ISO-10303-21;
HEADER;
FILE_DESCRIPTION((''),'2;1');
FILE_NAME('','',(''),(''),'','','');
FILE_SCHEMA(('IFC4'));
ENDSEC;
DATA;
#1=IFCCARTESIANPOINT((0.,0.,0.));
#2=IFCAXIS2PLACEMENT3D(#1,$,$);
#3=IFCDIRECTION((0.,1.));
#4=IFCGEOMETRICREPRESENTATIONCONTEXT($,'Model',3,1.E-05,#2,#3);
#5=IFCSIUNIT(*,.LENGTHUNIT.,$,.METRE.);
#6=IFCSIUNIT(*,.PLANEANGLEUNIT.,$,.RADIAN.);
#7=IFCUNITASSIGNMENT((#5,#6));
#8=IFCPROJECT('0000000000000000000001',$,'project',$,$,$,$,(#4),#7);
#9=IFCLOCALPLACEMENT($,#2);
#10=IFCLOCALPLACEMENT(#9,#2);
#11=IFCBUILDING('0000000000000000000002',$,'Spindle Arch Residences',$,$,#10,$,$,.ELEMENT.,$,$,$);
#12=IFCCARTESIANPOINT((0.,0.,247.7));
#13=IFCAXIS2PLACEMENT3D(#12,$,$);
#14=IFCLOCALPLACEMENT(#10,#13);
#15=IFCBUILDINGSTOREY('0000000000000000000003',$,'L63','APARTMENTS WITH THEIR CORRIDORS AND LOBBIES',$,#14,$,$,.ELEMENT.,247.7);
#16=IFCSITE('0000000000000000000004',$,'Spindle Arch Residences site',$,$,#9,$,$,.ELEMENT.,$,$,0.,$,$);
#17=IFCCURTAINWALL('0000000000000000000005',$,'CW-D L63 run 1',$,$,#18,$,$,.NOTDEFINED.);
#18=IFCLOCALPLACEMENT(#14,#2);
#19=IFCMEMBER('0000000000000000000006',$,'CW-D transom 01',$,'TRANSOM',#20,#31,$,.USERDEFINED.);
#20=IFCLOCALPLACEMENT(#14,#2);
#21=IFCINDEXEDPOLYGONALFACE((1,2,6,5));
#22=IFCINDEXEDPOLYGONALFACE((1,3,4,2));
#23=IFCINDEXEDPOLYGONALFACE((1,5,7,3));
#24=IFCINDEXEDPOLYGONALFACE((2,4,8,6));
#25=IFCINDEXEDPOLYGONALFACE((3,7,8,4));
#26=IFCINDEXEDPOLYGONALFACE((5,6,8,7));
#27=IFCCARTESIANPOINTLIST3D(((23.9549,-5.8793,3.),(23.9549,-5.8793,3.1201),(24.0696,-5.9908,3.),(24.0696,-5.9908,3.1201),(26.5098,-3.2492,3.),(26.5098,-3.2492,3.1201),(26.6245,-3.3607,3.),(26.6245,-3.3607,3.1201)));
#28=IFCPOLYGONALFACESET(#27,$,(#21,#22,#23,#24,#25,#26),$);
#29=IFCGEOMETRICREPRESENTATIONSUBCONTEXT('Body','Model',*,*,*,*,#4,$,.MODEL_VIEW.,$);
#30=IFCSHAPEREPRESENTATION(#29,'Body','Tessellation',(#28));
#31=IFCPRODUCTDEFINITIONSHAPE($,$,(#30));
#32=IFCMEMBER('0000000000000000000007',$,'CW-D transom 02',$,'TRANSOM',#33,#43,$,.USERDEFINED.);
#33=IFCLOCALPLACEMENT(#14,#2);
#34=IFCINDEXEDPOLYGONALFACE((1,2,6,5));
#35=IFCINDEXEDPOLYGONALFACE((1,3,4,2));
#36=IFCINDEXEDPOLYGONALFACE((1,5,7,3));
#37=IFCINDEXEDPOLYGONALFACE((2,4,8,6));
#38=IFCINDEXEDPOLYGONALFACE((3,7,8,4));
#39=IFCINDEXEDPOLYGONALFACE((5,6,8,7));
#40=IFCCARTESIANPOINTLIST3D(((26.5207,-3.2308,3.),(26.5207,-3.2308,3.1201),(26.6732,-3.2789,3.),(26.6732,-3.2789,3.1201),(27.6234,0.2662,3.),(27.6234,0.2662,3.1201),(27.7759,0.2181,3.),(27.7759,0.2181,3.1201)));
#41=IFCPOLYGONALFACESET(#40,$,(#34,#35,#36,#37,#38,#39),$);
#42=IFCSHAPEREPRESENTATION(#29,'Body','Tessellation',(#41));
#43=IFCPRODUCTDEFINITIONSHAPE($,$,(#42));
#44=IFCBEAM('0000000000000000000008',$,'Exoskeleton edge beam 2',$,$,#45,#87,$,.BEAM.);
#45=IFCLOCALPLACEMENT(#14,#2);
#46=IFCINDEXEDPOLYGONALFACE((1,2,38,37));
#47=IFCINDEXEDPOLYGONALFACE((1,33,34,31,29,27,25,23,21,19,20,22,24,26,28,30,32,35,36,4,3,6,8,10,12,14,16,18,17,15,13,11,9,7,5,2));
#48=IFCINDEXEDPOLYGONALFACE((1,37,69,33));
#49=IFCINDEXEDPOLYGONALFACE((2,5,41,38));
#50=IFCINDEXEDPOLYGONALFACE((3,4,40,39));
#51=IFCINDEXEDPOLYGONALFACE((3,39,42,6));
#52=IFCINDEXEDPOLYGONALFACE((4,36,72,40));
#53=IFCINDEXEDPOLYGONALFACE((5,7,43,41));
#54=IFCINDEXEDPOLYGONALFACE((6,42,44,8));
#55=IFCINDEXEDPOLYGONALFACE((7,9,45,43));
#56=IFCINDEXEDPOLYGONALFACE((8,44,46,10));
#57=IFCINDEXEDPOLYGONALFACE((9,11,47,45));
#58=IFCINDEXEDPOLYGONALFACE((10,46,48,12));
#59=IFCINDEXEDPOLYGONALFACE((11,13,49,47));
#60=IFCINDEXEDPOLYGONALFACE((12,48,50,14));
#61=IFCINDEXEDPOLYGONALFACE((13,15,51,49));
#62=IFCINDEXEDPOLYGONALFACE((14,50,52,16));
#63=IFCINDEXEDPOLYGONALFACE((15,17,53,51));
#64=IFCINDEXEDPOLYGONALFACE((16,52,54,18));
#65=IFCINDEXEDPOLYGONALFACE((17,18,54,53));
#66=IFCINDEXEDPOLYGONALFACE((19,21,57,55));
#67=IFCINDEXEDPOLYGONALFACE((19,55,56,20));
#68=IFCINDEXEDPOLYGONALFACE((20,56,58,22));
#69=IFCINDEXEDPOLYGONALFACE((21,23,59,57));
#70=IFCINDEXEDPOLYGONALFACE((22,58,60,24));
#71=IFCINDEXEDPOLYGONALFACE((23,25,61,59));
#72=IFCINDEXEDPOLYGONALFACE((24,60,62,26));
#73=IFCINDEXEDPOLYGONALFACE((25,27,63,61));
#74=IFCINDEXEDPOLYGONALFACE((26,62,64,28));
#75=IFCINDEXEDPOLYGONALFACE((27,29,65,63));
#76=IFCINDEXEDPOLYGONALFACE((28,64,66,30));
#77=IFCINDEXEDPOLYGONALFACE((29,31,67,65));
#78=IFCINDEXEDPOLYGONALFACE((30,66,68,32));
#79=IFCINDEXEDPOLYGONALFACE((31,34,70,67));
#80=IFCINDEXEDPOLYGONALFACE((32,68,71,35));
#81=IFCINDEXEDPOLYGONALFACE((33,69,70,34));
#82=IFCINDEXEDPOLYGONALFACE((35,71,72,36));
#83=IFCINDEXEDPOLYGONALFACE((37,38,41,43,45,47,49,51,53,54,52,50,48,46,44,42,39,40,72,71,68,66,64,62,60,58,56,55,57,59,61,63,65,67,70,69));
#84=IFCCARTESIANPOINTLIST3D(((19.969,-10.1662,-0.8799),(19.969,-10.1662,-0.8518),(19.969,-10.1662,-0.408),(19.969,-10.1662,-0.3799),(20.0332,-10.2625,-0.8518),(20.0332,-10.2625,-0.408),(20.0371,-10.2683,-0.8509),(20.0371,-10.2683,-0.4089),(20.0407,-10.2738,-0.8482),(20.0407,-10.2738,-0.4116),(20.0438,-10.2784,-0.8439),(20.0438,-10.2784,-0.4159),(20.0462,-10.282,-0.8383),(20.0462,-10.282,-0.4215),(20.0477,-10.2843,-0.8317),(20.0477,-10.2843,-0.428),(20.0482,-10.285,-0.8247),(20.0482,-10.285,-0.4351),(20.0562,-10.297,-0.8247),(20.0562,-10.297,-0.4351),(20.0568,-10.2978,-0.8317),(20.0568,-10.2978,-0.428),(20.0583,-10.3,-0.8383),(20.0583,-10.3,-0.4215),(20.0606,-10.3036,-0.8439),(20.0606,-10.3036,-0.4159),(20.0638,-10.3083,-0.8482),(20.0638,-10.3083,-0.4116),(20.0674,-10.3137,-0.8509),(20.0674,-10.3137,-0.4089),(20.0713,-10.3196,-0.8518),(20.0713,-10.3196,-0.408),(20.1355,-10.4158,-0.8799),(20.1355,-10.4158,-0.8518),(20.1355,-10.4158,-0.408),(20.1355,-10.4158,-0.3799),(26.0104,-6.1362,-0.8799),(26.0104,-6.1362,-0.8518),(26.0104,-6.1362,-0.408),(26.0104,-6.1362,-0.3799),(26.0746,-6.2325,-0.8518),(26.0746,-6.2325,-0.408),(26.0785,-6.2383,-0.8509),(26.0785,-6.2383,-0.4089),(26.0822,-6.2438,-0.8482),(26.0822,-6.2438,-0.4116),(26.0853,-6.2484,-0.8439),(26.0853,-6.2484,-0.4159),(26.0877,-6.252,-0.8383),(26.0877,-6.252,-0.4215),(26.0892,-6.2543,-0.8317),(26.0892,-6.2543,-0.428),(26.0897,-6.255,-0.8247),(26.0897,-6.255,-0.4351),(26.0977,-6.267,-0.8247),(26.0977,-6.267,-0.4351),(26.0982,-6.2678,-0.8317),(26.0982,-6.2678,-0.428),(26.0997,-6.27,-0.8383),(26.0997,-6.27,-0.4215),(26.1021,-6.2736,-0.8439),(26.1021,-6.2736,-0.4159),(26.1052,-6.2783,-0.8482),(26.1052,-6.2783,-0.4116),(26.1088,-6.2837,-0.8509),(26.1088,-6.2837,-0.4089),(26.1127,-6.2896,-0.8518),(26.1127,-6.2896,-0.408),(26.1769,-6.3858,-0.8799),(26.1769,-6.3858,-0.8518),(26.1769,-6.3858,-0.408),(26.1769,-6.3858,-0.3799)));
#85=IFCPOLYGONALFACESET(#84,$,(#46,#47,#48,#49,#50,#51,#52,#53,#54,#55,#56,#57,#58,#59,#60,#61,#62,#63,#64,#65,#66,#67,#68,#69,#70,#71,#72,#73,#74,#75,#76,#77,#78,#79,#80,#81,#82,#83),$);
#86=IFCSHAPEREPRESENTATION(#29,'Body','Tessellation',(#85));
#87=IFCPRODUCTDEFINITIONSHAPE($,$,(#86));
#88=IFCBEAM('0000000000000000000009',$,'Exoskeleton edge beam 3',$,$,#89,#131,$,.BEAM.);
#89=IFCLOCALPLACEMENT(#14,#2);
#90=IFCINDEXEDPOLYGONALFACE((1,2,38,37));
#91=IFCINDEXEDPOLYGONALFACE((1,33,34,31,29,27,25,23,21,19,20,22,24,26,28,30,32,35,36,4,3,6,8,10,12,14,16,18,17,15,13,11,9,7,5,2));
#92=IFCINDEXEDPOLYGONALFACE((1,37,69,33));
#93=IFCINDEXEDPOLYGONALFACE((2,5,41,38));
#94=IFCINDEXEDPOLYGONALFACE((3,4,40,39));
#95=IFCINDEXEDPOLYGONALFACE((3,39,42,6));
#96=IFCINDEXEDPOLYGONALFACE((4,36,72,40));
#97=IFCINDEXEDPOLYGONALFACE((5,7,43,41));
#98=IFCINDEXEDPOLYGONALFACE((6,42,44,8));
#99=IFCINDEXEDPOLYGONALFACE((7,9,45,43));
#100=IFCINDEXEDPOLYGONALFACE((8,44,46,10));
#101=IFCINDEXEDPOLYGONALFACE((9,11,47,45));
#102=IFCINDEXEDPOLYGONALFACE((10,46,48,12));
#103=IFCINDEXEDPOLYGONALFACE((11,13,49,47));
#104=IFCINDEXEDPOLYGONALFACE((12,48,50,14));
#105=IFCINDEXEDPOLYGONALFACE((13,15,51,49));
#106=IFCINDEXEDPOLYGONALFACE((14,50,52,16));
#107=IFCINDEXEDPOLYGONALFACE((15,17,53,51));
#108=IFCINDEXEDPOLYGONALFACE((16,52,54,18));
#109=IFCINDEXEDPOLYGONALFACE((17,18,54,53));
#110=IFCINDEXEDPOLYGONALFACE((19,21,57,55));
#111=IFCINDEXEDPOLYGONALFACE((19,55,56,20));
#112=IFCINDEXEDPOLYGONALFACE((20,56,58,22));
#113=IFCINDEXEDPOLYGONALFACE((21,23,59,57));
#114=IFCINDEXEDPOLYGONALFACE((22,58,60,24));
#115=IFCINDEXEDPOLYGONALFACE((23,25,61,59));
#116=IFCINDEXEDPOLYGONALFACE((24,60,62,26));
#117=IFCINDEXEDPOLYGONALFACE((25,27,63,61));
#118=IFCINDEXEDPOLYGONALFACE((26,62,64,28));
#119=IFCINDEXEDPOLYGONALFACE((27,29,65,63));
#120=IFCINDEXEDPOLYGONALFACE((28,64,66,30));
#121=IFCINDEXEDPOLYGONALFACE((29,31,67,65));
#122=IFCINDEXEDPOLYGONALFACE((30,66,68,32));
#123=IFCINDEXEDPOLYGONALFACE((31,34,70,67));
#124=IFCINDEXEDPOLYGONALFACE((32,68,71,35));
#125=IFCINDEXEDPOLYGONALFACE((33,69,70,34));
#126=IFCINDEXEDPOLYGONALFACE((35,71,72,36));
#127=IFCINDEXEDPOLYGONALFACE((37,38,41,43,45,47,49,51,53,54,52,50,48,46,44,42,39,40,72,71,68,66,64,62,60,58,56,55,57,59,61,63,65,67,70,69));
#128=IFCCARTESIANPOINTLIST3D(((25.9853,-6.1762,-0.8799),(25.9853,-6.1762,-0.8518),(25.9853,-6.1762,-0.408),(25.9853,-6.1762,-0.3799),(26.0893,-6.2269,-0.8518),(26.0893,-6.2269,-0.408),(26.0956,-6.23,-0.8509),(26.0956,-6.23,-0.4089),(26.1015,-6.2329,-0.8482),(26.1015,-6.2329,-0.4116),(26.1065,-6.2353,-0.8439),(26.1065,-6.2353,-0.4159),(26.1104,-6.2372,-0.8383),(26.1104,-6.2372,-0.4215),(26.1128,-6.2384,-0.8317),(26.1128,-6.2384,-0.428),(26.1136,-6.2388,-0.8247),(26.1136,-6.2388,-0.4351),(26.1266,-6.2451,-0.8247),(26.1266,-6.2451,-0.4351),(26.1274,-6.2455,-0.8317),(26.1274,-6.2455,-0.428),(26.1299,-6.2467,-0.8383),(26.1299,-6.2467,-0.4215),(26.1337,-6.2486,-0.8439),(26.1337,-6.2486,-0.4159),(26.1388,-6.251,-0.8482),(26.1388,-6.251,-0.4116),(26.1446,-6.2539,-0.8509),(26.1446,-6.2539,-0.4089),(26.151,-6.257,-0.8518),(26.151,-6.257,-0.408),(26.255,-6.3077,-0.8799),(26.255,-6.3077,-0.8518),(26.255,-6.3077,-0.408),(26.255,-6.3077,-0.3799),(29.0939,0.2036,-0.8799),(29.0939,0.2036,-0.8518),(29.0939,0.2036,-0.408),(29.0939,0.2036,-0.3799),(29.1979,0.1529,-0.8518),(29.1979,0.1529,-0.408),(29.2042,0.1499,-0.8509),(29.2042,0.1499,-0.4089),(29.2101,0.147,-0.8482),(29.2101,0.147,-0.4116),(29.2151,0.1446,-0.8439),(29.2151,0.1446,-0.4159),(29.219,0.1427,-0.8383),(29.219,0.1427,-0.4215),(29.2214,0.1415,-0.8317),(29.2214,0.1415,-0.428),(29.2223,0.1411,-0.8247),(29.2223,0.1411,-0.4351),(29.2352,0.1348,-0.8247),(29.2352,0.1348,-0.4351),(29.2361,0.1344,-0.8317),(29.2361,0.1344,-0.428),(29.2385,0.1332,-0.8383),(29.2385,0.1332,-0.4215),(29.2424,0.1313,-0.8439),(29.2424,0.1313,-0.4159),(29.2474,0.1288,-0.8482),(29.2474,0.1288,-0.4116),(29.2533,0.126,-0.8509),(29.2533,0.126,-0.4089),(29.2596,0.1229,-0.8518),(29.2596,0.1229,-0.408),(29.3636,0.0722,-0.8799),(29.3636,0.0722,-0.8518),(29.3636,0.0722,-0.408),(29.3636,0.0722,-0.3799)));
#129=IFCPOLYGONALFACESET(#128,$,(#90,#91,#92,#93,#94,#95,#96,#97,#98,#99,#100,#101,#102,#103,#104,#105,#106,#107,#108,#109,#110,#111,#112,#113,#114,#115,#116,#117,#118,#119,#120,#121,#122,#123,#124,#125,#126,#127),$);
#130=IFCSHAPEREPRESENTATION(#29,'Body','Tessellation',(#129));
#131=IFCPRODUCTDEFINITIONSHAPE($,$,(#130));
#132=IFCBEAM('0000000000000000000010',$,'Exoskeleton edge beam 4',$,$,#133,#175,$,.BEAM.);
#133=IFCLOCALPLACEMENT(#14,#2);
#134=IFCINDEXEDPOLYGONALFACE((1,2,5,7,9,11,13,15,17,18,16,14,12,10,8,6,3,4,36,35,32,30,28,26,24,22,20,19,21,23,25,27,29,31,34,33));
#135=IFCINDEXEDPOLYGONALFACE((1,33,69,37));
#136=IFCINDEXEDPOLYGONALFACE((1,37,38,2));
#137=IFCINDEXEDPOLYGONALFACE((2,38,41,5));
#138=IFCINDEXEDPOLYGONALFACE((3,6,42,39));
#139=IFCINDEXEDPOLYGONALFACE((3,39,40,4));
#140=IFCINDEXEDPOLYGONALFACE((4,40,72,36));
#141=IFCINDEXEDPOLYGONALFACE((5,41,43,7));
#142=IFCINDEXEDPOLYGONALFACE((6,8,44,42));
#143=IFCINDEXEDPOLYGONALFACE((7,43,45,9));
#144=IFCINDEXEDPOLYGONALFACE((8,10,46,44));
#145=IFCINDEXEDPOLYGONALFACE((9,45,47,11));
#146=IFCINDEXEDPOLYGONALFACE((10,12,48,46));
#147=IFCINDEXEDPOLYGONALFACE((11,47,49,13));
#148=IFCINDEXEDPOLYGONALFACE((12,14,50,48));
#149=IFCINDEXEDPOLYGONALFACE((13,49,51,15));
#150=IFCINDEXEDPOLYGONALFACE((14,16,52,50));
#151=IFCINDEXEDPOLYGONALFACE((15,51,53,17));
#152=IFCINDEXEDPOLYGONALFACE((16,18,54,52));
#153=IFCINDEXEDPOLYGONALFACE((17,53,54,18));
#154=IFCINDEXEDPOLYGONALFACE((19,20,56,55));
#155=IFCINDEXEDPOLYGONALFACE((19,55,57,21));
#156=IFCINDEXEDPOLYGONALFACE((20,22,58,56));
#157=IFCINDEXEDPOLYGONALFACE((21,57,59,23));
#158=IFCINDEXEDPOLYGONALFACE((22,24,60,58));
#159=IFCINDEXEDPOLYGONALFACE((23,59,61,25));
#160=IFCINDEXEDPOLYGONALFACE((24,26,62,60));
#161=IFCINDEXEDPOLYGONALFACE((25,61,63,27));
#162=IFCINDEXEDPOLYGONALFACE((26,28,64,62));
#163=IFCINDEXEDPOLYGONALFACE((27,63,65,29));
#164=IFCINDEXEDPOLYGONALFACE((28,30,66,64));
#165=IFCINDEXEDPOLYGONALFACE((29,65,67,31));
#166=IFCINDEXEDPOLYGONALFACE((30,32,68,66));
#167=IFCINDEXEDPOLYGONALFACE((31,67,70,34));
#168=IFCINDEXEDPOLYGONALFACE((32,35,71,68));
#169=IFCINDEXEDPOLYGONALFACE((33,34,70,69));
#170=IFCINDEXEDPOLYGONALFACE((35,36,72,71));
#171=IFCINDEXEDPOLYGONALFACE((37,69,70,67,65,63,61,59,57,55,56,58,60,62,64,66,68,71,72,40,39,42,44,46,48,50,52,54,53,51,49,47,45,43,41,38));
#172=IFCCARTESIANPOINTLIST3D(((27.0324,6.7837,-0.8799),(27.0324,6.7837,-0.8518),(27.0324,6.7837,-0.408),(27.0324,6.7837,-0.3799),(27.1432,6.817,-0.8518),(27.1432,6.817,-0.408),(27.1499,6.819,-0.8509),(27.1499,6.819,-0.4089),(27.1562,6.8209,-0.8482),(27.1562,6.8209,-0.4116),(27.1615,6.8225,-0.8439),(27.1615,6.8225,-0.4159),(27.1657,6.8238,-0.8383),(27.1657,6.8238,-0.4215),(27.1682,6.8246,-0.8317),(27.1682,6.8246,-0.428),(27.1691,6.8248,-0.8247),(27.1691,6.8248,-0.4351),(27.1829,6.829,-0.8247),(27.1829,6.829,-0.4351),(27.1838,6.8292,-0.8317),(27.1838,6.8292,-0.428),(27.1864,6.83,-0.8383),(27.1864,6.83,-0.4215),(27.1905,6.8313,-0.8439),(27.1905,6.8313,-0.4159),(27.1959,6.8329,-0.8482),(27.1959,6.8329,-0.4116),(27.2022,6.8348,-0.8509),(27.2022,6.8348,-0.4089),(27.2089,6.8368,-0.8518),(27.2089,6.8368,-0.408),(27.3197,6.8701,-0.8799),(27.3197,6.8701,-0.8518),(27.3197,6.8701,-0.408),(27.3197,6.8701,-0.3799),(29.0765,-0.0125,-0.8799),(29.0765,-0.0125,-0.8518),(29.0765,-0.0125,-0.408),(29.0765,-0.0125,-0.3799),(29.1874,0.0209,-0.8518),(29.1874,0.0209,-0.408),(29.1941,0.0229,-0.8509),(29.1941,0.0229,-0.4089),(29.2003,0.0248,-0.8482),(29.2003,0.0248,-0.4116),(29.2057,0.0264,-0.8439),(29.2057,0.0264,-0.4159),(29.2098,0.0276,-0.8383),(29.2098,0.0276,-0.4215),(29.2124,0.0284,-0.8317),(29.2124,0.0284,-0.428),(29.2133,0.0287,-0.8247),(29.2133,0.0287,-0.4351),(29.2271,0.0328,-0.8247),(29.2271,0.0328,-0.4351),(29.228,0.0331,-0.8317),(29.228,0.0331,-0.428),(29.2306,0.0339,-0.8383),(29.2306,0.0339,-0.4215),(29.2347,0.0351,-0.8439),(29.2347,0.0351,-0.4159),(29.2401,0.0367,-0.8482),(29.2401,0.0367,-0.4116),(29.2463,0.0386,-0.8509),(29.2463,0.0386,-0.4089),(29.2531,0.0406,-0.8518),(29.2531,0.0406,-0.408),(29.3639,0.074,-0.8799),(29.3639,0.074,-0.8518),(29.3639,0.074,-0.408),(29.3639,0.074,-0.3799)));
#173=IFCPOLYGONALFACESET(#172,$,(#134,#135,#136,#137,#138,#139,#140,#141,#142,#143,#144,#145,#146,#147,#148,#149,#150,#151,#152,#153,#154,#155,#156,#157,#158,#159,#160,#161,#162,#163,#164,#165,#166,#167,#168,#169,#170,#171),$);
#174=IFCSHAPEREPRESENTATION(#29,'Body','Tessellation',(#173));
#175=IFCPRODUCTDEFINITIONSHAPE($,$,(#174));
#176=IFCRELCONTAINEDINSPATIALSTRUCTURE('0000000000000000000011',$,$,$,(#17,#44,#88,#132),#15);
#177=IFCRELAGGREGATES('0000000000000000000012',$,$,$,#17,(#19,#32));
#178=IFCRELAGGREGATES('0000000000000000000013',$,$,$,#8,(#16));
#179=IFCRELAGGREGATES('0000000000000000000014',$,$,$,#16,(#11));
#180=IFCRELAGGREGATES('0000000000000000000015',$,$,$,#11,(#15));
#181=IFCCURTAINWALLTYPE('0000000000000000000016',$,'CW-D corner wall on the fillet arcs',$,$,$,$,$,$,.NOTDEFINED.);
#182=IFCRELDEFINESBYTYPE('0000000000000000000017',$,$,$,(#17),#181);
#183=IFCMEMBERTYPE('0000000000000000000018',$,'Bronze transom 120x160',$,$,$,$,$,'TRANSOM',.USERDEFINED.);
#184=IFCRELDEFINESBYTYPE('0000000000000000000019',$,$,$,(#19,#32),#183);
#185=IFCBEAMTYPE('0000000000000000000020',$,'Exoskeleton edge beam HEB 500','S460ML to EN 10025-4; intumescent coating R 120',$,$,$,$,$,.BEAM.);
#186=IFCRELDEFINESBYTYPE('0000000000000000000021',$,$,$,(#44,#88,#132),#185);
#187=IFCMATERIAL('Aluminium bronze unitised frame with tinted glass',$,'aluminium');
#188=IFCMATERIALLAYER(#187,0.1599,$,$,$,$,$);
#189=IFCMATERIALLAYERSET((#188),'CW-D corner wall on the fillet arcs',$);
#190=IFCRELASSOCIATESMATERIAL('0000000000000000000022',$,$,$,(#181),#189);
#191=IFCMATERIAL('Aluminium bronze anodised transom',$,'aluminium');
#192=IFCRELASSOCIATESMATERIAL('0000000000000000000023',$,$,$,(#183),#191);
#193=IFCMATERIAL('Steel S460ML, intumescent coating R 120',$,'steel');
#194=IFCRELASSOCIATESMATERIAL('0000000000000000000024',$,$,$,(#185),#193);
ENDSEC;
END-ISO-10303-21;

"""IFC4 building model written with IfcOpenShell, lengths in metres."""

from ifc_helpers import new_model, si_unit, direction, frame, origin, origin_2d, place, context, subcontext, project, spatial, rectangle, i_section, extrude, material, layer, layer_set, material_profile, profile_set, type_object, element, aggregate, save


model = new_model("IFC4")

# Units and contexts
model_context = context("Model", 3, precision=1e-05, world=origin(), true_north=direction((0.0, 1.0)))
body_context = subcontext(model_context, "Body", "Model", "MODEL_VIEW")
ifc_project = project(units=[si_unit("LENGTHUNIT", "METRE"), si_unit("PLANEANGLEUNIT", "RADIAN")], contexts=[model_context])

# Site, building, storey
site_placement = place(None, origin())
site = spatial("IfcSite", under=ifc_project, at=site_placement, Name="Spindle Arch Residences site", CompositionType="ELEMENT", RefElevation=0.0)
building_placement = place(site_placement, origin())
building = spatial("IfcBuilding", under=site, at=building_placement, Name="Spindle Arch Residences", CompositionType="ELEMENT")
storey_placement = place(building_placement, frame((0.0, 0.0, 247.7)))
storey = spatial("IfcBuildingStorey", under=building, at=storey_placement, Name="L63", Description="APARTMENTS WITH THEIR CORRIDORS AND LOBBIES", CompositionType="ELEMENT", Elevation=247.7)

# Curtain wall, members
ifc_material_1 = material(Name="Aluminium bronze unitised frame with tinted glass", Category="aluminium")
ifc_layer_1 = layer(ifc_material_1, 0.1599)
ifc_layer_set_1 = layer_set([ifc_layer_1], Name="CW-D corner wall on the fillet arcs")
curtain_wall_type = type_object("IfcCurtainWallType", Name="CW-D corner wall on the fillet arcs", PredefinedType="NOTDEFINED", material=ifc_layer_set_1)
curtain_wall_placement = place(storey_placement, origin())
curtain_wall = element("IfcCurtainWall", 1, at=curtain_wall_placement, inside=storey, type_object=curtain_wall_type, Name="CW-D L63 run 1", PredefinedType="NOTDEFINED")
ifc_material_2 = material(Name="Aluminium bronze anodised transom", Category="aluminium")
ifc_material_profile_1 = material_profile(ifc_material_2, rectangle(XDim=0.1599, YDim=0.1201, at=origin_2d()), Name="TR 120x160")
ifc_profile_set_1 = profile_set([ifc_material_profile_1], Name="Aluminium bronze anodised transom")
member_type_1 = type_object("IfcMemberType", Name="Bronze transom 120x160", ElementType="TRANSOM", PredefinedType="USERDEFINED", material=ifc_profile_set_1)
member_1_placement = place(storey_placement, frame((24.0122, -5.9351, 3.0601), z_axis=(0.696779, 0.717286, 0.0), x_axis=(-0.717286, 0.696779, 0.0)))
member_1 = element("IfcMember", 2, at=member_1_placement, type_object=member_type_1, Name="CW-D transom 01", ObjectType="TRANSOM", PredefinedType="USERDEFINED", context=body_context, shape_type="SweptSolid", body=[
    extrude(rectangle(XDim=0.1599, YDim=0.1201, at=origin_2d()), origin(), (0.0, 0.0, 1.0), 3.6667),
])
member_2_placement = place(storey_placement, frame((26.5969, -3.2549, 3.0601), z_axis=(0.300746, 0.953704, 0.0), x_axis=(-0.953704, 0.300746, 0.0)))
member_2 = element("IfcMember", 3, at=member_2_placement, type_object=member_type_1, Name="CW-D transom 02", ObjectType="TRANSOM", PredefinedType="USERDEFINED", context=body_context, shape_type="SweptSolid", body=[
    extrude(rectangle(XDim=0.1599, YDim=0.1201, at=origin_2d()), origin(), (0.0, 0.0, 1.0), 3.6667),
])

# Beams
ifc_material_3 = material(Name="Steel S460ML, intumescent coating R 120", Category="steel")
ifc_material_profile_2 = material_profile(ifc_material_3, i_section(OverallWidth=0.3, OverallDepth=0.5, WebThickness=0.0144, FlangeThickness=0.0281, FilletRadius=0.0271, at=origin_2d()), Name="HEB 500")
ifc_profile_set_2 = profile_set([ifc_material_profile_2], Name="Steel S460ML, intumescent coating R 120")
beam_type_1 = type_object("IfcBeamType", Name="Exoskeleton edge beam HEB 500", Description="S460ML to EN 10025-4; intumescent coating R 120", PredefinedType="BEAM", material=ifc_profile_set_2)
beam_1_placement = place(storey_placement, frame((20.0522, -10.291, -0.6299), z_axis=(0.8319, 0.554925, 0.0), x_axis=(-0.554925, 0.8319, 0.0)))
element("IfcBeam", 4, at=beam_1_placement, inside=storey, type_object=beam_type_1, Name="Exoskeleton edge beam 2", PredefinedType="BEAM", context=body_context, shape_type="SweptSolid", body=[
    extrude(i_section(OverallWidth=0.3, OverallDepth=0.5, WebThickness=0.0144, FlangeThickness=0.0281, FilletRadius=0.0271, at=origin_2d()), origin(), (0.0, 0.0, 1.0), 7.2622),
])
for number, where, z_axis, x_axis, name in (
    (5, (26.1201, -6.2419, -0.6299), (0.438026, 0.898962, 0.0), (-0.898962, 0.438026, 0.0), "Exoskeleton edge beam 3"),
    (6, (29.2202, 0.0308, -0.6299), (-0.288039, 0.957619, 0.0), (-0.957619, -0.288039, 0.0), "Exoskeleton edge beam 4"),
):
    element("IfcBeam", number, at=place(storey_placement, frame(where, z_axis=z_axis, x_axis=x_axis)), inside=storey, type_object=beam_type_1, Name=name, PredefinedType="BEAM", context=body_context, shape_type="SweptSolid", body=[
        extrude(i_section(OverallWidth=0.3, OverallDepth=0.5, WebThickness=0.0144, FlangeThickness=0.0281, FilletRadius=0.0271, at=origin_2d()), origin(), (0.0, 0.0, 1.0), 7.0969),
    ])

aggregate(curtain_wall, [member_1, member_2])

save(model, "model.ifc")
